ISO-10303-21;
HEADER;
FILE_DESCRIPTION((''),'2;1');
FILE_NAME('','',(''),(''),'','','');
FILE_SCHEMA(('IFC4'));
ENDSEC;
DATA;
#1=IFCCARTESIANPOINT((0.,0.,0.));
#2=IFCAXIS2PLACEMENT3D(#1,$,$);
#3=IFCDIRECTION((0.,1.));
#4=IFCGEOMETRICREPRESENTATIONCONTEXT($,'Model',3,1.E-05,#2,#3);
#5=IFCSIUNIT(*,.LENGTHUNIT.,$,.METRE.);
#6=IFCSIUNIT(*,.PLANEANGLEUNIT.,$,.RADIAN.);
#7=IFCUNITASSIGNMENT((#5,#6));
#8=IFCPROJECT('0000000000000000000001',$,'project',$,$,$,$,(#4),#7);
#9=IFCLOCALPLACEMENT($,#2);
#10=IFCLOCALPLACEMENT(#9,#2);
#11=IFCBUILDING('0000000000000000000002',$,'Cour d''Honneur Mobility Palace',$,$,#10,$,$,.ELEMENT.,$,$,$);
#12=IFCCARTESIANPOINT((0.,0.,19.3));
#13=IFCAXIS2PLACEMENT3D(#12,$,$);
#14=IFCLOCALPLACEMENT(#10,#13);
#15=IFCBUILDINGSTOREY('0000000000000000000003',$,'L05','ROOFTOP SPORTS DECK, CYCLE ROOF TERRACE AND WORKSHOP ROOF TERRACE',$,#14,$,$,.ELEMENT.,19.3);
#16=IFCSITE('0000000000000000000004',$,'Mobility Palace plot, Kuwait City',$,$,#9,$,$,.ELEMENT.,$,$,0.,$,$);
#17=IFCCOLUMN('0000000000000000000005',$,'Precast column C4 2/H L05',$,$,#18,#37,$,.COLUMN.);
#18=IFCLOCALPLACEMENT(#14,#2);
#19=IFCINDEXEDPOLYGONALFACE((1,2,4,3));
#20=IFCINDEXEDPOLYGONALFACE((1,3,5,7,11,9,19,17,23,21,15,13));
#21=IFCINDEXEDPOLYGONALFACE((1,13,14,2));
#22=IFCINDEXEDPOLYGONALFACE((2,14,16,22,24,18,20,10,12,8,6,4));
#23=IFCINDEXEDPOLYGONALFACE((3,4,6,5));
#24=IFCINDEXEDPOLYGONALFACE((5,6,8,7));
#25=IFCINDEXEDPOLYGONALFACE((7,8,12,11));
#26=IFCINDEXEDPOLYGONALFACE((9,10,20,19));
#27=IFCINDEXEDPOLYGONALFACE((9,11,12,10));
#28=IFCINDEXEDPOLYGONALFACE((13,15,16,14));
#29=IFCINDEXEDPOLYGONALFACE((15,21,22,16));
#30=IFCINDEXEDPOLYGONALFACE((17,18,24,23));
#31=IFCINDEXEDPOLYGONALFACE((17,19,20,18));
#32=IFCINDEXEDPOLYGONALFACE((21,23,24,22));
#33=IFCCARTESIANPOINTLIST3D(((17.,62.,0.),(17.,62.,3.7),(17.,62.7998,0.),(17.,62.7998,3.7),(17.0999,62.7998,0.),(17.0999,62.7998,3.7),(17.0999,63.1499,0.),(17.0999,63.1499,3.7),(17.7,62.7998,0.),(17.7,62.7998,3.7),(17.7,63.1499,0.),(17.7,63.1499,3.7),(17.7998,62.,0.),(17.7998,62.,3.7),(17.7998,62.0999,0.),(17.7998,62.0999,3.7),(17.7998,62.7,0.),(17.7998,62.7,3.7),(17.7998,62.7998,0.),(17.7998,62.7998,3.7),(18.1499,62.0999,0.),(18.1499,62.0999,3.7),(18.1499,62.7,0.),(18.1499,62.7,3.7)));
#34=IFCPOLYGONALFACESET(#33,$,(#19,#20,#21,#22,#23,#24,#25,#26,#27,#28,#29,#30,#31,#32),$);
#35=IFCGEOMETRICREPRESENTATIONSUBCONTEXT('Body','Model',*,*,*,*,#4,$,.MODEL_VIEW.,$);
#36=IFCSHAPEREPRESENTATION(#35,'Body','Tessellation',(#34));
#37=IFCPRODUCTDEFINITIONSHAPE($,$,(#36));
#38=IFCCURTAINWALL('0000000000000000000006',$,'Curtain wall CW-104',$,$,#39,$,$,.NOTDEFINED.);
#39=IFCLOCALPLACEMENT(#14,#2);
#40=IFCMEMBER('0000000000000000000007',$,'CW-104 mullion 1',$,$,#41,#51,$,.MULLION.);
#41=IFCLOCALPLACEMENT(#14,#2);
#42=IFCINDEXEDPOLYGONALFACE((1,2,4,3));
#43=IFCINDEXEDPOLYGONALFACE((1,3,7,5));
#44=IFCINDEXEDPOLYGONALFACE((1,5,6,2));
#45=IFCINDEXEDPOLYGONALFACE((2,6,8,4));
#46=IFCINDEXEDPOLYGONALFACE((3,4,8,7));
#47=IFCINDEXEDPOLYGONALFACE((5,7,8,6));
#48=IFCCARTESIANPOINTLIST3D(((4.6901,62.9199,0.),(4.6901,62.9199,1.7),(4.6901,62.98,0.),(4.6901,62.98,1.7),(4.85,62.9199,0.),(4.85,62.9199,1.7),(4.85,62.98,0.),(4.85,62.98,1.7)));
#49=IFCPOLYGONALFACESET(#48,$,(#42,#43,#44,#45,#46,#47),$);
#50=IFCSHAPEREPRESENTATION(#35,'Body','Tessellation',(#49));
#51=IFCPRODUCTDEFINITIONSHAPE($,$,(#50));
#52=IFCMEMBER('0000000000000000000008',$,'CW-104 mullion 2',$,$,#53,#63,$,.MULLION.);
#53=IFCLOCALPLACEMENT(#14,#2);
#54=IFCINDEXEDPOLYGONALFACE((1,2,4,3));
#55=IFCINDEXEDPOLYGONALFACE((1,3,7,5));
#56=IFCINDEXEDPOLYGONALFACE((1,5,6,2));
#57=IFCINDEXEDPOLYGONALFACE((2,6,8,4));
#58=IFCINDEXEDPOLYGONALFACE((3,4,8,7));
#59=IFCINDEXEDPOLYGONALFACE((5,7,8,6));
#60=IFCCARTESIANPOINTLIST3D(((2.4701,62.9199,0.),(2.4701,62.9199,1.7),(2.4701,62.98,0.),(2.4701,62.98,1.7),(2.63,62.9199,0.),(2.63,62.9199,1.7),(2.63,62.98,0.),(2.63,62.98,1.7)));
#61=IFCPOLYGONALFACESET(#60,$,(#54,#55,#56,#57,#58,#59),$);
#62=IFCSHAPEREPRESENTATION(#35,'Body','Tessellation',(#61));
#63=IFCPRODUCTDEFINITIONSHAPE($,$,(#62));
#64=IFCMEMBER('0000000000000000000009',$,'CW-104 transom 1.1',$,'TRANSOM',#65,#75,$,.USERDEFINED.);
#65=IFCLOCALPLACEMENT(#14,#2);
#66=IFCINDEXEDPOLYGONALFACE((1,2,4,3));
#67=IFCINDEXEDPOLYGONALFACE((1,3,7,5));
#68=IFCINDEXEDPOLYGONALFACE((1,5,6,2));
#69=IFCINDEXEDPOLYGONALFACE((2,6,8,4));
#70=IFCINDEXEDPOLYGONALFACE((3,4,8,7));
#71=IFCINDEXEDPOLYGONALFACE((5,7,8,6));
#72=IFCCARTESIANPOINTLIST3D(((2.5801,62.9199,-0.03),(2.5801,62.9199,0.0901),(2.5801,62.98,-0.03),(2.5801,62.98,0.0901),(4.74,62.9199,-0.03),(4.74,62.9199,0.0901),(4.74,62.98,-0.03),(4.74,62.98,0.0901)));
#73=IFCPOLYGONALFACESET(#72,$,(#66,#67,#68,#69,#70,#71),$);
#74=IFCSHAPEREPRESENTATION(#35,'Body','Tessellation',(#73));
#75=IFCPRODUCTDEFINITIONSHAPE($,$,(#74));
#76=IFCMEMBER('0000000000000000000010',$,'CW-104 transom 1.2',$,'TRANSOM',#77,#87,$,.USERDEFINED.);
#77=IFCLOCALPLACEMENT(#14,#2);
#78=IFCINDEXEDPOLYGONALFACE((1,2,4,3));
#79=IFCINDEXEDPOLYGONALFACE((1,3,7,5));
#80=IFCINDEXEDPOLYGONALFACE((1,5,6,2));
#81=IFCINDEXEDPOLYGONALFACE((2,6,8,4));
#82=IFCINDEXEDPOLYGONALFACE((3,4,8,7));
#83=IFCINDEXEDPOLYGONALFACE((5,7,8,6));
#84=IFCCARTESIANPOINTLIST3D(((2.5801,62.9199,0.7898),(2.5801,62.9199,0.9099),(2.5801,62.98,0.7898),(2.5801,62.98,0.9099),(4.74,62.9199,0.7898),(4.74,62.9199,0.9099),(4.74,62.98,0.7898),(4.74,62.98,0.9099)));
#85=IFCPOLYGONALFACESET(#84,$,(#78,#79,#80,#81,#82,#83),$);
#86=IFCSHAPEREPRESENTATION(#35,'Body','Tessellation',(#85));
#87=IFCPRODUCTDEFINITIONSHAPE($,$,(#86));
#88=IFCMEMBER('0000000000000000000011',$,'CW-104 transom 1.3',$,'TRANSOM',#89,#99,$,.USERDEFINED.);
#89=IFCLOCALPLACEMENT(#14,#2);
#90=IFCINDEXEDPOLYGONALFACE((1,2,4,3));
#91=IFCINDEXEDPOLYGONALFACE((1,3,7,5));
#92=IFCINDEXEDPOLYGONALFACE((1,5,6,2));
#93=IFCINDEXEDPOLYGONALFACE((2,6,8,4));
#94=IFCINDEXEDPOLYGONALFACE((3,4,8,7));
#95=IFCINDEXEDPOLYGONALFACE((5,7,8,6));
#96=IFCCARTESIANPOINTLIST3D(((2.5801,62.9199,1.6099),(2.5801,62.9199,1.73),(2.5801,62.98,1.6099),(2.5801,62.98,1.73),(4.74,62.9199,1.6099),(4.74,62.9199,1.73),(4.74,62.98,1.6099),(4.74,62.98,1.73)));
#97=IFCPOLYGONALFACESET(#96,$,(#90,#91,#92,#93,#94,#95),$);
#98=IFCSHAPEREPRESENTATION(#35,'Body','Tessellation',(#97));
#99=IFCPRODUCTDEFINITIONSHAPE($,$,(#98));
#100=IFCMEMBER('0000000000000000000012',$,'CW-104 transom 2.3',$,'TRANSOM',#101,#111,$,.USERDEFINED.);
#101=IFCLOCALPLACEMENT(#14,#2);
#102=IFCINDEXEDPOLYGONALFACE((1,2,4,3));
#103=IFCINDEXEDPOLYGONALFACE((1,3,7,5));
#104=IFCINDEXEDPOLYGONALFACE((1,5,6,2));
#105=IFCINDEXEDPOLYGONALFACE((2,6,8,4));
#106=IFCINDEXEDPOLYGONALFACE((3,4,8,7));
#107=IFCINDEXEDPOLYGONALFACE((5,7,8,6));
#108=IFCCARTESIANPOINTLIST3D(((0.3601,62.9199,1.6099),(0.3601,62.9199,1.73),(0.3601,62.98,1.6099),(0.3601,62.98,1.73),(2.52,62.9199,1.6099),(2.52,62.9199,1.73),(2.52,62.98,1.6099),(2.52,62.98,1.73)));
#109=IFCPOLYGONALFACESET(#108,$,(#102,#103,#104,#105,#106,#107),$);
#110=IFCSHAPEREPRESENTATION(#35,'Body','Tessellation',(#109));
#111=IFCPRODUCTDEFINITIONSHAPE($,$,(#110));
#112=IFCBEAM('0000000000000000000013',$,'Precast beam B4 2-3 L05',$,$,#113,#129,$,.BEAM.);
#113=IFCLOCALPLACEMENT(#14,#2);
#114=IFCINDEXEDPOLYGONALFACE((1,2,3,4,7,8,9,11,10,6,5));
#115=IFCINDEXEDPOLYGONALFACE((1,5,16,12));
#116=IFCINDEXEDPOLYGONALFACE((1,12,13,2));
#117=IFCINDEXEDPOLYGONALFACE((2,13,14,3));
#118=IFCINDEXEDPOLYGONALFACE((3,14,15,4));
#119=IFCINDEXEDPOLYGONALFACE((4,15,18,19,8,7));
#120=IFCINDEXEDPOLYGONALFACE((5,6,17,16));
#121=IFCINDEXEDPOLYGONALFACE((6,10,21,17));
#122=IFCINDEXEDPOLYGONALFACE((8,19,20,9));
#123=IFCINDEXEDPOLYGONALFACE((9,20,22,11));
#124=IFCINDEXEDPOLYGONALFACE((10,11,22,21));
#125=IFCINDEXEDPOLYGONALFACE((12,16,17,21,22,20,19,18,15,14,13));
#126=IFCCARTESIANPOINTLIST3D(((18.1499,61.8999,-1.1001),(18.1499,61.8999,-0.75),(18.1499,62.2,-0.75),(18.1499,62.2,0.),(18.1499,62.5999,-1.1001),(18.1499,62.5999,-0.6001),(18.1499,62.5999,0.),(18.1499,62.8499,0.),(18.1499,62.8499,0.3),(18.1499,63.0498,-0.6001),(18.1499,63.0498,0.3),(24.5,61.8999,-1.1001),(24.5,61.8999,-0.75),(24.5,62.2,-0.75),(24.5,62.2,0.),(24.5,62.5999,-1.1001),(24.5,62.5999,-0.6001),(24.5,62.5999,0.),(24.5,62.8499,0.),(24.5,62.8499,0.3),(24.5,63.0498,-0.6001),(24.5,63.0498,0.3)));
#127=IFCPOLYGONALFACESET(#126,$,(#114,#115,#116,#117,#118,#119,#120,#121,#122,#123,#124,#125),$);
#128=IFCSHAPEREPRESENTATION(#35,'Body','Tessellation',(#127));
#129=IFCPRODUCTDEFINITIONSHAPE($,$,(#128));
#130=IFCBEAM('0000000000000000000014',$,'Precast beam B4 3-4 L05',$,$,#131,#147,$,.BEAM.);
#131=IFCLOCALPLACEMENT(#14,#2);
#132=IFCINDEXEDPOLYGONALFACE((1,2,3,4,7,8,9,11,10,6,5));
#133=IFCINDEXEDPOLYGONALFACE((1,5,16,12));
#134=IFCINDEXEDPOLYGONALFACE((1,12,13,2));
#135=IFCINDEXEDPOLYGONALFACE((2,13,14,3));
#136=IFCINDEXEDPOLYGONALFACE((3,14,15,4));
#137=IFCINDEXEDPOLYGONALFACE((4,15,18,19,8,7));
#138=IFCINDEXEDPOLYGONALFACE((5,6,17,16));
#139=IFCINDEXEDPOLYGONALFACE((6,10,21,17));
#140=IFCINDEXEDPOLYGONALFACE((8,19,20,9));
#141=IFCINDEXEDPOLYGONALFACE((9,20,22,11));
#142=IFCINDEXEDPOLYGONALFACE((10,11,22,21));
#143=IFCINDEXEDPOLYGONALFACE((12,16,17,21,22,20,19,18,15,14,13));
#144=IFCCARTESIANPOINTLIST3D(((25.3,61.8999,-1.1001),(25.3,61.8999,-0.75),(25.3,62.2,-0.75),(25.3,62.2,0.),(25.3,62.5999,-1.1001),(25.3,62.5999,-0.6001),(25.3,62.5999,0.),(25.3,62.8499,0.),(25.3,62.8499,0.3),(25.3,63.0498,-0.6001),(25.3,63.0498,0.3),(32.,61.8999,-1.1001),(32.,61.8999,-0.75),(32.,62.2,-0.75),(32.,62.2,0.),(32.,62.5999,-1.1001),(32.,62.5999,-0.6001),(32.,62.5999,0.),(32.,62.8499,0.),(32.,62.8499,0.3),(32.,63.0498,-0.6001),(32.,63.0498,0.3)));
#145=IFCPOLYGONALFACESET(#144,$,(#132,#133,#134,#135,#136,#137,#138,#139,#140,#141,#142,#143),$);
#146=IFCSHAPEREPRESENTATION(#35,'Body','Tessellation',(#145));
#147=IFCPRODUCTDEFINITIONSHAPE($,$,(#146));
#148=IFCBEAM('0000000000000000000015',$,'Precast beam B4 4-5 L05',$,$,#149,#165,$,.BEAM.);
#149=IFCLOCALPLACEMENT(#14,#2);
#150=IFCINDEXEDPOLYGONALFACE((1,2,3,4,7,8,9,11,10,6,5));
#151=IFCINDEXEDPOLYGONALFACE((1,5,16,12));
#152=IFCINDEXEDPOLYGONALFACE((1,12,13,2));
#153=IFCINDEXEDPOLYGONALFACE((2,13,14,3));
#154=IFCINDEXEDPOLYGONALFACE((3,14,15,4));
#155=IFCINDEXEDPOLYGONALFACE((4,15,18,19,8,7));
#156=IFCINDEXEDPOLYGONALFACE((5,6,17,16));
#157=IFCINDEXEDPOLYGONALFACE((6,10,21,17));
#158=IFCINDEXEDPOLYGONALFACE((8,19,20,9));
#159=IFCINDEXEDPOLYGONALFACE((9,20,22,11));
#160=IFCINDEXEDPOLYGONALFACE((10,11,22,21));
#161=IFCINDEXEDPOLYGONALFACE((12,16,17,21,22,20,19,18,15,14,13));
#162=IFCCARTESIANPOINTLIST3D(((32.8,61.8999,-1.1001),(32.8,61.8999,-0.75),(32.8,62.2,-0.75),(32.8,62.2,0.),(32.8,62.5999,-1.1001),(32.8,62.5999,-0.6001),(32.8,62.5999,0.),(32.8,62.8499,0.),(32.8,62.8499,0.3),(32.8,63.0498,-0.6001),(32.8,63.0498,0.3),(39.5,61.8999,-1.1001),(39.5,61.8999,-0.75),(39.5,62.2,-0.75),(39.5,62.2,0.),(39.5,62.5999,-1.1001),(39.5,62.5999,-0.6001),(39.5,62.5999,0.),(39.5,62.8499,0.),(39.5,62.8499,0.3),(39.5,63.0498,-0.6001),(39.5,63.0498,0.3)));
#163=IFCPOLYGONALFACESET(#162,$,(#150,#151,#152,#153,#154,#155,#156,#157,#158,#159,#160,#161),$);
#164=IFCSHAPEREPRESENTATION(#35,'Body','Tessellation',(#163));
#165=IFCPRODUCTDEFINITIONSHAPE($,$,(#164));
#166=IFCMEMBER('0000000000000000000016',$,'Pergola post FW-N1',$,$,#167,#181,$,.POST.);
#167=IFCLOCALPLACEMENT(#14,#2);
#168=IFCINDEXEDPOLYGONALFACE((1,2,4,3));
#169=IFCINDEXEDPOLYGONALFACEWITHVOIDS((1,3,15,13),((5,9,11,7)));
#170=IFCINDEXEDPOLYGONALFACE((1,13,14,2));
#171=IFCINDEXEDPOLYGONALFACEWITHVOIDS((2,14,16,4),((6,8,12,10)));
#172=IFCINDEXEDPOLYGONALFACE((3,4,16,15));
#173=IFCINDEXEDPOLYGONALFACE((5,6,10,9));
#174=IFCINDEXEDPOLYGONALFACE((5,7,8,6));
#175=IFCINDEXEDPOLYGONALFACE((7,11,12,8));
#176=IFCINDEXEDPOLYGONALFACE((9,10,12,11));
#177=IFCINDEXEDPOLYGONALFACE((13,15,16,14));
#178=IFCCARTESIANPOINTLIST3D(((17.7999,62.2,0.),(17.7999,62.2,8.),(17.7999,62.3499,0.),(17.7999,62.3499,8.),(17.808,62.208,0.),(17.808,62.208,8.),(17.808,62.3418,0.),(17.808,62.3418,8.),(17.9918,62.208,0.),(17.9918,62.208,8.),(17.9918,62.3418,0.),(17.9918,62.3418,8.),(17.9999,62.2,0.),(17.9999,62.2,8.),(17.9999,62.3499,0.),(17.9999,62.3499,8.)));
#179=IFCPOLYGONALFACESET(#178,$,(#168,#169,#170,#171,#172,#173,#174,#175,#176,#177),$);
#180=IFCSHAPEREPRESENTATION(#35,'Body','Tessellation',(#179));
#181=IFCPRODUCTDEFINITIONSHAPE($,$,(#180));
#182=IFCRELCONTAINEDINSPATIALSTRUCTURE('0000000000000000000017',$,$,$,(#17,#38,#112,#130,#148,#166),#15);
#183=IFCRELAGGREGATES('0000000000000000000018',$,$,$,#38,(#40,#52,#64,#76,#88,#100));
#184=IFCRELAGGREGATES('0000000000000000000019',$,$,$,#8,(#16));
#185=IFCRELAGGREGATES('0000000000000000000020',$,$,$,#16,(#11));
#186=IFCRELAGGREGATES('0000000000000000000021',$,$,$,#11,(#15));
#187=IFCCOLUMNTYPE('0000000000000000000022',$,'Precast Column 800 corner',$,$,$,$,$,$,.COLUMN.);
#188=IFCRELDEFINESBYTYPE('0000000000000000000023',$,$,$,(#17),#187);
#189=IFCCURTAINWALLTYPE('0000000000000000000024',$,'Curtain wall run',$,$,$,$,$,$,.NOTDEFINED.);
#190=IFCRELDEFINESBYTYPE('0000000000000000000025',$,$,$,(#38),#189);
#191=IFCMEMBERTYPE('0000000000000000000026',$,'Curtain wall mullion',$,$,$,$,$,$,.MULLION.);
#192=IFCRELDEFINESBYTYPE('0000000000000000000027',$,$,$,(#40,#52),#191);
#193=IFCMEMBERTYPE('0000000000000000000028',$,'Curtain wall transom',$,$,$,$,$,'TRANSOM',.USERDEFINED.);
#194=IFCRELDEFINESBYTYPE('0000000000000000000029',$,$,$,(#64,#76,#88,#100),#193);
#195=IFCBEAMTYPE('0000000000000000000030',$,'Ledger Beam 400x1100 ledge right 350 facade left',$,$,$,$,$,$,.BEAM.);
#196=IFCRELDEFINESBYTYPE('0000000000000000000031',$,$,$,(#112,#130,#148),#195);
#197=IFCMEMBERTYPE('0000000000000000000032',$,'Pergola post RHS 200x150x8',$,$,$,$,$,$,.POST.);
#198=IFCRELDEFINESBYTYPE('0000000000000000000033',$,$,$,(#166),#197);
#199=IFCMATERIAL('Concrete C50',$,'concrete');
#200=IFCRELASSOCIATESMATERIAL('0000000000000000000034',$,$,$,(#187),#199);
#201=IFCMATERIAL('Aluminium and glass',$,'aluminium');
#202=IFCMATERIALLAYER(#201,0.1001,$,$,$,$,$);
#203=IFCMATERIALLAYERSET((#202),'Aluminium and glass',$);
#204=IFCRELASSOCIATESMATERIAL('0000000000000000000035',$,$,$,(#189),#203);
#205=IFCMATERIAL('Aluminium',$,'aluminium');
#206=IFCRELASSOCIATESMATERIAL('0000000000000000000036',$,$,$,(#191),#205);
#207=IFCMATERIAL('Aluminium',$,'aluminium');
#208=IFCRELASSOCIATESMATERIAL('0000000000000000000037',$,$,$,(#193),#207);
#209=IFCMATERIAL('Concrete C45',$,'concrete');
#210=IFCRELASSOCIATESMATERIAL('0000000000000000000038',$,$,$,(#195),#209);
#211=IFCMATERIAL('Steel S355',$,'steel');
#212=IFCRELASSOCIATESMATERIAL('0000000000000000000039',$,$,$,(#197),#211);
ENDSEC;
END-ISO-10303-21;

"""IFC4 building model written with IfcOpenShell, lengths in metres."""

from ifc_helpers import new_model, si_unit, direction, frame, origin, origin_2d, place, context, subcontext, project, spatial, polyline, rectangle, hollow_rectangle, outline, extrude, material, layer, layer_set, material_profile, profile_set, type_object, element, aggregate, save


model = new_model("IFC4")

# Units and contexts
model_context = context("Model", 3, precision=1e-05, world=origin(), true_north=direction((0.0, 1.0)))
body_context = subcontext(model_context, "Body", "Model", "MODEL_VIEW")
ifc_project = project(units=[si_unit("LENGTHUNIT", "METRE"), si_unit("PLANEANGLEUNIT", "RADIAN")], contexts=[model_context])

# Site, building, storey
site_placement = place(None, origin())
site = spatial("IfcSite", under=ifc_project, at=site_placement, Name="Mobility Palace plot, Kuwait City", CompositionType="ELEMENT", RefElevation=0.0)
building_placement = place(site_placement, origin())
building = spatial("IfcBuilding", under=site, at=building_placement, Name="Cour d'Honneur Mobility Palace", CompositionType="ELEMENT")
storey_placement = place(building_placement, frame((0.0, 0.0, 19.3)))
storey = spatial("IfcBuildingStorey", under=building, at=storey_placement, Name="L05", Description="ROOFTOP SPORTS DECK, CYCLE ROOF TERRACE AND WORKSHOP ROOF TERRACE", CompositionType="ELEMENT", Elevation=19.3)

# Column
ifc_material_1 = material(Name="Concrete C50", Category="concrete")
ifc_material_profile_1 = material_profile(ifc_material_1, outline(polyline([(-0.3999, -0.3999), (0.3999, -0.3999), (0.3999, -0.3), (0.75, -0.3), (0.75, 0.3), (0.3999, 0.3), (0.3999, 0.3999), (0.3, 0.3999), (0.3, 0.75), (-0.3, 0.75), (-0.3, 0.3999), (-0.3999, 0.3999), (-0.3999, -0.3999)])), Name="PC C800 corner")
ifc_profile_set_1 = profile_set([ifc_material_profile_1], Name="Concrete C50")
column_type = type_object("IfcColumnType", Name="Precast Column 800 corner", PredefinedType="COLUMN", material=ifc_profile_set_1)
column_placement = place(storey_placement, frame((17.3999, 62.3999, 0.0), z_axis=(0.0, 0.0, 1.0), x_axis=(1.0, 0.0, 0.0)))
element("IfcColumn", 1, at=column_placement, inside=storey, type_object=column_type, Name="Precast column C4 2/H L05", PredefinedType="COLUMN", context=body_context, shape_type="SweptSolid", body=[
    extrude(outline(polyline([(-0.3999, -0.3999), (0.3999, -0.3999), (0.3999, -0.3), (0.75, -0.3), (0.75, 0.3), (0.3999, 0.3), (0.3999, 0.3999), (0.3, 0.3999), (0.3, 0.75), (-0.3, 0.75), (-0.3, 0.3999), (-0.3999, 0.3999), (-0.3999, -0.3999)])), origin(), (0.0, 0.0, 1.0), 3.7),
])

# Curtain wall, members
ifc_material_2 = material(Name="Aluminium and glass", Category="aluminium")
ifc_layer_1 = layer(ifc_material_2, 0.1001)
ifc_layer_set_1 = layer_set([ifc_layer_1], Name="Aluminium and glass")
curtain_wall_type = type_object("IfcCurtainWallType", Name="Curtain wall run", PredefinedType="NOTDEFINED", material=ifc_layer_set_1)
curtain_wall_placement = place(storey_placement, origin())
curtain_wall = element("IfcCurtainWall", 2, at=curtain_wall_placement, inside=storey, type_object=curtain_wall_type, Name="Curtain wall CW-104", PredefinedType="NOTDEFINED")
ifc_material_3 = material(Name="Aluminium", Category="aluminium")
ifc_material_profile_2 = material_profile(ifc_material_3, rectangle(XDim=0.0601, YDim=0.1599, at=origin_2d()), Name="Curtain wall mullion")
ifc_profile_set_2 = profile_set([ifc_material_profile_2], Name="Aluminium")
member_type_1 = type_object("IfcMemberType", Name="Curtain wall mullion", PredefinedType="MULLION", material=ifc_profile_set_2)
member_1_placement = place(storey_placement, frame((4.77, 62.95, 0.0), z_axis=(0.0, 0.0, 1.0), x_axis=(0.0, -1.0, 0.0)))
member_1 = element("IfcMember", 3, at=member_1_placement, type_object=member_type_1, Name="CW-104 mullion 1", PredefinedType="MULLION", context=body_context, shape_type="SweptSolid", body=[
    extrude(rectangle(XDim=0.0601, YDim=0.1599, at=origin_2d()), origin(), (0.0, 0.0, 1.0), 1.7),
])
member_2_placement = place(storey_placement, frame((2.55, 62.95, 0.0), z_axis=(0.0, 0.0, 1.0), x_axis=(0.0, -1.0, 0.0)))
member_2 = element("IfcMember", 4, at=member_2_placement, type_object=member_type_1, Name="CW-104 mullion 2", PredefinedType="MULLION", context=body_context, shape_type="SweptSolid", body=[
    extrude(rectangle(XDim=0.0601, YDim=0.1599, at=origin_2d()), origin(), (0.0, 0.0, 1.0), 1.7),
])
ifc_material_4 = material(Name="Aluminium", Category="aluminium")
ifc_material_profile_3 = material_profile(ifc_material_4, rectangle(XDim=0.0601, YDim=0.1201, at=origin_2d()), Name="Curtain wall transom")
ifc_profile_set_3 = profile_set([ifc_material_profile_3], Name="Aluminium")
member_type_2 = type_object("IfcMemberType", Name="Curtain wall transom", ElementType="TRANSOM", PredefinedType="USERDEFINED", material=ifc_profile_set_3)
member_3_placement = place(storey_placement, frame((4.74, 62.95, 0.03), z_axis=(-1.0, 0.0, 0.0), x_axis=(0.0, -1.0, 0.0)))
member_3 = element("IfcMember", 5, at=member_3_placement, type_object=member_type_2, Name="CW-104 transom 1.1", ObjectType="TRANSOM", PredefinedType="USERDEFINED", context=body_context, shape_type="SweptSolid", body=[
    extrude(rectangle(XDim=0.0601, YDim=0.1201, at=origin_2d()), origin(), (0.0, 0.0, 1.0), 2.1599),
])
member_4_placement = place(storey_placement, frame((4.74, 62.95, 0.8499), z_axis=(-1.0, 0.0, 0.0), x_axis=(0.0, -1.0, 0.0)))
member_4 = element("IfcMember", 6, at=member_4_placement, type_object=member_type_2, Name="CW-104 transom 1.2", ObjectType="TRANSOM", PredefinedType="USERDEFINED", context=body_context, shape_type="SweptSolid", body=[
    extrude(rectangle(XDim=0.0601, YDim=0.1201, at=origin_2d()), origin(), (0.0, 0.0, 1.0), 2.1599),
])
member_5_placement = place(storey_placement, frame((4.74, 62.95, 1.6699), z_axis=(-1.0, 0.0, 0.0), x_axis=(0.0, -1.0, 0.0)))
member_5 = element("IfcMember", 7, at=member_5_placement, type_object=member_type_2, Name="CW-104 transom 1.3", ObjectType="TRANSOM", PredefinedType="USERDEFINED", context=body_context, shape_type="SweptSolid", body=[
    extrude(rectangle(XDim=0.0601, YDim=0.1201, at=origin_2d()), origin(), (0.0, 0.0, 1.0), 2.1599),
])
member_6_placement = place(storey_placement, frame((2.52, 62.95, 1.6699), z_axis=(-1.0, 0.0, 0.0), x_axis=(0.0, -1.0, 0.0)))
member_6 = element("IfcMember", 8, at=member_6_placement, type_object=member_type_2, Name="CW-104 transom 2.3", ObjectType="TRANSOM", PredefinedType="USERDEFINED", context=body_context, shape_type="SweptSolid", body=[
    extrude(rectangle(XDim=0.0601, YDim=0.1201, at=origin_2d()), origin(), (0.0, 0.0, 1.0), 2.1599),
])

# Beams
ifc_material_5 = material(Name="Concrete C45", Category="concrete")
ifc_material_profile_4 = material_profile(ifc_material_5, outline(polyline([(0.2, -1.1001), (0.2, -0.6001), (0.6499, -0.6001), (0.6499, 0.3), (0.45, 0.3), (0.45, 0.0), (0.2, 0.0), (-0.2, 0.0), (-0.2, -0.75), (-0.5, -0.75), (-0.5, -1.1001), (0.2, -1.1001)])), Name="Ledger Beam 400x1100 ledge right 350 facade left")
ifc_profile_set_4 = profile_set([ifc_material_profile_4], Name="Concrete C45")
beam_type = type_object("IfcBeamType", Name="Ledger Beam 400x1100 ledge right 350 facade left", PredefinedType="BEAM", material=ifc_profile_set_4)
beam_placement = place(storey_placement, frame((18.1499, 62.3999, 0.0), z_axis=(1.0, 0.0, 0.0), x_axis=(0.0, 1.0, 0.0)))
element("IfcBeam", 9, at=beam_placement, inside=storey, type_object=beam_type, Name="Precast beam B4 2-3 L05", PredefinedType="BEAM", context=body_context, shape_type="SweptSolid", body=[
    extrude(outline(polyline([(0.2, -1.1001), (0.2, -0.6001), (0.6499, -0.6001), (0.6499, 0.3), (0.45, 0.3), (0.45, 0.0), (0.2, 0.0), (-0.2, 0.0), (-0.2, -0.75), (-0.5, -0.75), (-0.5, -1.1001), (0.2, -1.1001)])), origin(), (0.0, 0.0, 1.0), 6.3501),
])
for number, where, z_axis, x_axis, name in (
    (10, (25.3, 62.3999, 0.0), (1.0, 0.0, 0.0), (0.0, 1.0, 0.0), "Precast beam B4 3-4 L05"),
    (11, (32.8, 62.3999, 0.0), (1.0, 0.0, 0.0), (0.0, 1.0, 0.0), "Precast beam B4 4-5 L05"),
):
    element("IfcBeam", number, at=place(storey_placement, frame(where, z_axis=z_axis, x_axis=x_axis)), inside=storey, type_object=beam_type, Name=name, PredefinedType="BEAM", context=body_context, shape_type="SweptSolid", body=[
        extrude(outline(polyline([(0.2, -1.1001), (0.2, -0.6001), (0.6499, -0.6001), (0.6499, 0.3), (0.45, 0.3), (0.45, 0.0), (0.2, 0.0), (-0.2, 0.0), (-0.2, -0.75), (-0.5, -0.75), (-0.5, -1.1001), (0.2, -1.1001)])), origin(), (0.0, 0.0, 1.0), 6.7),
    ])

# Member
ifc_material_6 = material(Name="Steel S355", Category="steel")
ifc_material_profile_5 = material_profile(ifc_material_6, hollow_rectangle(XDim=0.1499, YDim=0.2, WallThickness=0.0081, at=origin_2d()), Name="RHS 200x150x8")
ifc_profile_set_5 = profile_set([ifc_material_profile_5], Name="Steel S355")
member_type_3 = type_object("IfcMemberType", Name="Pergola post RHS 200x150x8", PredefinedType="POST", material=ifc_profile_set_5)
for number, where, z_axis, x_axis, name in (
    (12, (17.8999, 62.2749, 0.0), (0.0, 0.0, 1.0), (0.0, 1.0, 0.0), "Pergola post FW-N1"),
):
    element("IfcMember", number, at=place(storey_placement, frame(where, z_axis=z_axis, x_axis=x_axis)), inside=storey, type_object=member_type_3, Name=name, PredefinedType="POST", context=body_context, shape_type="SweptSolid", body=[
        extrude(hollow_rectangle(XDim=0.1499, YDim=0.2, WallThickness=0.0081, at=origin_2d()), origin(), (0.0, 0.0, 1.0), 8.0),
    ])

aggregate(curtain_wall, [member_1, member_2, member_3, member_4, member_5, member_6])

save(model, "model.ifc")
